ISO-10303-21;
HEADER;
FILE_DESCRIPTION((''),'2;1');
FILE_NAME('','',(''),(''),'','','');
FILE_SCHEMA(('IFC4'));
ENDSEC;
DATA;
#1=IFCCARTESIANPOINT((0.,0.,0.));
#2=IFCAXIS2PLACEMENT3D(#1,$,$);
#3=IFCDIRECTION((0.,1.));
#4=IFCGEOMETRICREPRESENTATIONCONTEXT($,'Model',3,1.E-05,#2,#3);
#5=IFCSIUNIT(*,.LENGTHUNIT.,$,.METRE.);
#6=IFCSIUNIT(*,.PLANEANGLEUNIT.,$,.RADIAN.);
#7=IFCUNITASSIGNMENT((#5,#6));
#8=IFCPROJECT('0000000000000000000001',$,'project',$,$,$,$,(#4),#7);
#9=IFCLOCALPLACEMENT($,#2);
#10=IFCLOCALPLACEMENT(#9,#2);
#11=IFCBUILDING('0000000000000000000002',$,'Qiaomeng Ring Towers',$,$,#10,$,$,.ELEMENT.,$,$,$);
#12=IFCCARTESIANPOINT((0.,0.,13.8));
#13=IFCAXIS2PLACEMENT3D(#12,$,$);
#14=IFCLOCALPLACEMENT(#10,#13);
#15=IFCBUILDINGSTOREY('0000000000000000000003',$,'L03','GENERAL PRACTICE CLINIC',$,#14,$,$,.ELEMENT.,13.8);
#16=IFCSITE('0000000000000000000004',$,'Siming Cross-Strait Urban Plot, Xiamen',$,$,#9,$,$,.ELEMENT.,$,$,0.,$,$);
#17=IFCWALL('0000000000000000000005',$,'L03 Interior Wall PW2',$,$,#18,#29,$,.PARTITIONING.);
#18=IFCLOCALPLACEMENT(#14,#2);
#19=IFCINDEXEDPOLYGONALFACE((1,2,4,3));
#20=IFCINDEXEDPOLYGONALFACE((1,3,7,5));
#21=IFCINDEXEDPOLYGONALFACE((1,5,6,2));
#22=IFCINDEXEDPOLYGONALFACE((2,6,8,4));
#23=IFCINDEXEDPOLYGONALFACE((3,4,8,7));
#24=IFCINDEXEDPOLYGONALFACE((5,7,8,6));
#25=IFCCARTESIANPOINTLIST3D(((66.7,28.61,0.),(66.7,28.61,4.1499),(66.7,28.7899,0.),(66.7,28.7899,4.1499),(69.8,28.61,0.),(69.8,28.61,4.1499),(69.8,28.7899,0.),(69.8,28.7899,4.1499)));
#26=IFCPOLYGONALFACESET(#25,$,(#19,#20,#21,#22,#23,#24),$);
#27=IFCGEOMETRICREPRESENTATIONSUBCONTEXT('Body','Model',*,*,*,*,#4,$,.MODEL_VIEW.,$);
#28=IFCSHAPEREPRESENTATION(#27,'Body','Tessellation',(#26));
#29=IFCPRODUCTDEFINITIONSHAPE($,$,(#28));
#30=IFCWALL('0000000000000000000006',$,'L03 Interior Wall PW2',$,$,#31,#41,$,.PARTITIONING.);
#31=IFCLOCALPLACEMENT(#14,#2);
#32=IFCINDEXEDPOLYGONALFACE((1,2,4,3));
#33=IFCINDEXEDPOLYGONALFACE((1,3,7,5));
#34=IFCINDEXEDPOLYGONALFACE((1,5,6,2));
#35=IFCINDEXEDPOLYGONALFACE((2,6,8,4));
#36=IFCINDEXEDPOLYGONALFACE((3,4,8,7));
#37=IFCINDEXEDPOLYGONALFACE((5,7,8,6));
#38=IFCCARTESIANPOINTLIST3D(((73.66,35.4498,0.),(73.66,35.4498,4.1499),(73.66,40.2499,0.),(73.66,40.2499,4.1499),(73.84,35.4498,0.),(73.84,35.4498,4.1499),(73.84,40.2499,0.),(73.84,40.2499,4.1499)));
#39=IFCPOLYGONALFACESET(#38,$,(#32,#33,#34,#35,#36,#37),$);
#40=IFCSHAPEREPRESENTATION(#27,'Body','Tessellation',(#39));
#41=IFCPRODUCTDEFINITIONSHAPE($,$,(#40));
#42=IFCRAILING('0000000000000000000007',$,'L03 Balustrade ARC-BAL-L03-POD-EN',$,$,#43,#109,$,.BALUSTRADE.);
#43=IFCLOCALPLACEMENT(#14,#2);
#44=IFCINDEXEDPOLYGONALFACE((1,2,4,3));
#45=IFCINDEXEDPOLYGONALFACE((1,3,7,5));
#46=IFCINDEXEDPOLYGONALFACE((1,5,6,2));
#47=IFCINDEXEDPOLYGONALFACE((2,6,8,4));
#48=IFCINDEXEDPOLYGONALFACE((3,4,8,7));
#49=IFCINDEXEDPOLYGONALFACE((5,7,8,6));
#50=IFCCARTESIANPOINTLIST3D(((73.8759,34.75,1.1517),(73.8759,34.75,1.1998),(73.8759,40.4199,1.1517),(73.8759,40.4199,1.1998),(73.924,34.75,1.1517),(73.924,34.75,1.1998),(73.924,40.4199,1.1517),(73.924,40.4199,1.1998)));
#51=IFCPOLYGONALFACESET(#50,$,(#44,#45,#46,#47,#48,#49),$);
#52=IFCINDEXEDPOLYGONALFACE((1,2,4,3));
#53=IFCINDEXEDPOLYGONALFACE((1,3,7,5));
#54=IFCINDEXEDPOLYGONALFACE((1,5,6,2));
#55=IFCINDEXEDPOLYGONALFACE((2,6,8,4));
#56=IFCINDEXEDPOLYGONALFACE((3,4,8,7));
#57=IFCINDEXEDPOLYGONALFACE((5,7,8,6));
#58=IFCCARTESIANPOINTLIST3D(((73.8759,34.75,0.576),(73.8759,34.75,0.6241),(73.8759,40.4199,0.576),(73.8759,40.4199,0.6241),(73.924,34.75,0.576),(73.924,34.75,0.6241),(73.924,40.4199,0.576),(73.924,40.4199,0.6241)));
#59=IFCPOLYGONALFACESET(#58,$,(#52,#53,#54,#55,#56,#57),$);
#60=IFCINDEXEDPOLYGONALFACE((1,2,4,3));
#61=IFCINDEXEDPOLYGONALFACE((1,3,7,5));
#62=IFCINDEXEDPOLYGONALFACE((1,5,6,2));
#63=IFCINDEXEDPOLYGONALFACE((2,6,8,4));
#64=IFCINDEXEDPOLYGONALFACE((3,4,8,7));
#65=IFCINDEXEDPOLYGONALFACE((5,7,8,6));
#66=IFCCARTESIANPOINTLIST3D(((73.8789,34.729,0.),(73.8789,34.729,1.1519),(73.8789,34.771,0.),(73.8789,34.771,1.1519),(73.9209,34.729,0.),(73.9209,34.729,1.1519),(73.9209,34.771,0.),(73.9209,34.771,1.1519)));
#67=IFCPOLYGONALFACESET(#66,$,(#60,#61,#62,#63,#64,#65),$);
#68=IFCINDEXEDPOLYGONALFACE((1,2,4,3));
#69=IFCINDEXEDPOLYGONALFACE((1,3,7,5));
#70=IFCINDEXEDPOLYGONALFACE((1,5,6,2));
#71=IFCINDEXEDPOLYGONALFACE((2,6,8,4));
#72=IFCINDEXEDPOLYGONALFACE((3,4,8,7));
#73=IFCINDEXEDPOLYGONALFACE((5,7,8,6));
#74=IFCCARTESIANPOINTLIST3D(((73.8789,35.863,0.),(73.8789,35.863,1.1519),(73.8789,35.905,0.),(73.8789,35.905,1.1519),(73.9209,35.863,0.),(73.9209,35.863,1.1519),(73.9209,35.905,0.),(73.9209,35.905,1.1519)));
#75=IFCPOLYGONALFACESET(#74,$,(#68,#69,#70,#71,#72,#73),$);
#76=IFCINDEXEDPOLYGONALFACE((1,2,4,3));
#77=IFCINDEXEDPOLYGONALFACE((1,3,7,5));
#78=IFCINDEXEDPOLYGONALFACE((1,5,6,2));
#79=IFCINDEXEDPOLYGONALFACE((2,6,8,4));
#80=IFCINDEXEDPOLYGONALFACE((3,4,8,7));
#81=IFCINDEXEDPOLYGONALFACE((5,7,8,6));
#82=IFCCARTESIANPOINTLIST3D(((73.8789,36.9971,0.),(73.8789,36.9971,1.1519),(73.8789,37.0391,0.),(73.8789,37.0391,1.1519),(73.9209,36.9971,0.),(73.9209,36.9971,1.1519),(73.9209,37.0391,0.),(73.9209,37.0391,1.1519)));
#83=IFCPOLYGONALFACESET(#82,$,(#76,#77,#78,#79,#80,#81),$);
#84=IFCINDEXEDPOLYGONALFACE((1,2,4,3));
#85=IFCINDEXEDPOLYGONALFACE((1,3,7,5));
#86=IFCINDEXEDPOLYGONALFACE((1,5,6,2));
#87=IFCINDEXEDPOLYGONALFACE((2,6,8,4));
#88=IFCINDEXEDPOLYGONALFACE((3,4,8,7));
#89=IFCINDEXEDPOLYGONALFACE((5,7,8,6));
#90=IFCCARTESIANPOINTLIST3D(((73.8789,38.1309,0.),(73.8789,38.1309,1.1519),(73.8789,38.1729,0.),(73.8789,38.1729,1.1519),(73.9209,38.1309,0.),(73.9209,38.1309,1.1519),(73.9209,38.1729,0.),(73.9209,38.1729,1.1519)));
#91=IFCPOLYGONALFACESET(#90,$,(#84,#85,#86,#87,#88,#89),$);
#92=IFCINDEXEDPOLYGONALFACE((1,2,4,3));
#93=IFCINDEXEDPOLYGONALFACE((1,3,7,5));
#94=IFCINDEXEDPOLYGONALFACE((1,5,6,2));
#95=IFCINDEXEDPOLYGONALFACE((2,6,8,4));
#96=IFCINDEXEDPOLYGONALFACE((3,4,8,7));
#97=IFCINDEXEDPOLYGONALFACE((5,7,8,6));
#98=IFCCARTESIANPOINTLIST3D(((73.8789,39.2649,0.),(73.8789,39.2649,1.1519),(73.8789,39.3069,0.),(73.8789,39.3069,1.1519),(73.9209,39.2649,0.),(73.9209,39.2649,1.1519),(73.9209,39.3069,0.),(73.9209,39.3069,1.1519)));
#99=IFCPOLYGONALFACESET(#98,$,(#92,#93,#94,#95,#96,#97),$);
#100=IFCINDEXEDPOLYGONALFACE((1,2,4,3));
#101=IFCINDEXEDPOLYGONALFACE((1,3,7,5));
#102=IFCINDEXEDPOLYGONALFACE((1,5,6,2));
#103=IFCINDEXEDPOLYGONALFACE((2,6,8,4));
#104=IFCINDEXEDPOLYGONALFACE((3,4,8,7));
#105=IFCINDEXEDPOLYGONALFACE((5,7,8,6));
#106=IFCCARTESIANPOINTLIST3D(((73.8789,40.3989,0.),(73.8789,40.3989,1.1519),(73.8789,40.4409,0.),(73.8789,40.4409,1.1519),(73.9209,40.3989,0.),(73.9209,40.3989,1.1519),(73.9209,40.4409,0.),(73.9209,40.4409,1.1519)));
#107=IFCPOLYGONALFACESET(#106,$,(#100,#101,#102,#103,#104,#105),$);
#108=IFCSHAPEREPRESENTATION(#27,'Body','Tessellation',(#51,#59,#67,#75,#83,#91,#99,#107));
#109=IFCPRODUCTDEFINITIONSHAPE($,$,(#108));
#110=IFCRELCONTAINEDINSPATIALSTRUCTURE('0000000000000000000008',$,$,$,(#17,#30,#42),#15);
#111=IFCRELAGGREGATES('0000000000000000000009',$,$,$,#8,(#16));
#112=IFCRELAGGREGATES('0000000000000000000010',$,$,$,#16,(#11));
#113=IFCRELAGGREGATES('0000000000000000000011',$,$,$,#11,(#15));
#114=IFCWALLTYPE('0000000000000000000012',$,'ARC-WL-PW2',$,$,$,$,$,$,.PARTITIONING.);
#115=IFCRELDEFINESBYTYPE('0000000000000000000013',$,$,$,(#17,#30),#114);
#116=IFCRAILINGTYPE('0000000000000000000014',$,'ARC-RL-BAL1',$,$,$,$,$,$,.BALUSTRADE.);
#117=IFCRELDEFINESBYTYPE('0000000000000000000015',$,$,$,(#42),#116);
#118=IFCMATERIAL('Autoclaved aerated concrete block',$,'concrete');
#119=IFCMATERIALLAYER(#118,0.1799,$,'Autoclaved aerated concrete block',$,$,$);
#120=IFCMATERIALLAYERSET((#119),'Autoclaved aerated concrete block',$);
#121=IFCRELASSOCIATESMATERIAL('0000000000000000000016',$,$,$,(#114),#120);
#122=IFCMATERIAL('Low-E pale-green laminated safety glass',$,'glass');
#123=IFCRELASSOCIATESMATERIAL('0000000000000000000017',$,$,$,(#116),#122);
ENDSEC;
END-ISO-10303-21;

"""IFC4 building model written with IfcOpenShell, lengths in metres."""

from ifc_helpers import new_model, si_unit, direction, frame, frame_2d, origin, origin_2d, place, context, subcontext, project, spatial, rectangle, extrude, material, layer, layer_set, type_object, element, save


model = new_model("IFC4")

# Units and contexts
model_context = context("Model", 3, precision=1e-05, world=origin(), true_north=direction((0.0, 1.0)))
body_context = subcontext(model_context, "Body", "Model", "MODEL_VIEW")
ifc_project = project(units=[si_unit("LENGTHUNIT", "METRE"), si_unit("PLANEANGLEUNIT", "RADIAN")], contexts=[model_context])

# Site, building, storey
site_placement = place(None, origin())
site = spatial("IfcSite", under=ifc_project, at=site_placement, Name="Siming Cross-Strait Urban Plot, Xiamen", CompositionType="ELEMENT", RefElevation=0.0)
building_placement = place(site_placement, origin())
building = spatial("IfcBuilding", under=site, at=building_placement, Name="Qiaomeng Ring Towers", CompositionType="ELEMENT")
storey_placement = place(building_placement, frame((0.0, 0.0, 13.8)))
storey = spatial("IfcBuildingStorey", under=building, at=storey_placement, Name="L03", Description="GENERAL PRACTICE CLINIC", CompositionType="ELEMENT", Elevation=13.8)

# Shared definitions
ifc_material_1 = material(Name="Low-E pale-green laminated safety glass", Category="glass")

# Shared definitions
ifc_material_2 = material(Name="Autoclaved aerated concrete block", Category="concrete")

# Walls
ifc_layer_1 = layer(ifc_material_2, 0.1799, Name="Autoclaved aerated concrete block")
ifc_layer_set_1 = layer_set([ifc_layer_1], Name="Autoclaved aerated concrete block")
wall_type_1 = type_object("IfcWallType", Name="ARC-WL-PW2", PredefinedType="PARTITIONING", material=ifc_layer_set_1)
wall_1_placement = place(storey_placement, frame((66.7, 28.7, 0.0), z_axis=(0.0, 0.0, 1.0), x_axis=(1.0, 0.0, 0.0)))
element("IfcWall", 1, at=wall_1_placement, inside=storey, type_object=wall_type_1, Name="L03 Interior Wall PW2", PredefinedType="PARTITIONING", context=body_context, shape_type="SweptSolid", body=[
    extrude(rectangle(XDim=3.1001, YDim=0.1799, at=frame_2d((1.55, 0.0))), origin(), (0.0, 0.0, 1.0), 4.1499),
])
wall_2_placement = place(storey_placement, frame((73.75, 35.45, 0.0), z_axis=(0.0, 0.0, 1.0), x_axis=(0.0, 1.0, 0.0)))
element("IfcWall", 2, at=wall_2_placement, inside=storey, type_object=wall_type_1, Name="L03 Interior Wall PW2", PredefinedType="PARTITIONING", context=body_context, shape_type="SweptSolid", body=[
    extrude(rectangle(XDim=4.8, YDim=0.1799, at=frame_2d((2.3999, 0.0))), origin(), (0.0, 0.0, 1.0), 4.1499),
])

# Railing
railing_type = type_object("IfcRailingType", Name="ARC-RL-BAL1", PredefinedType="BALUSTRADE", material=ifc_material_1)
railing_placement = place(storey_placement, frame((73.8999, 34.75, 0.0)))
element("IfcRailing", 3, at=railing_placement, inside=storey, type_object=railing_type, Name="L03 Balustrade ARC-BAL-L03-POD-EN", PredefinedType="BALUSTRADE", context=body_context, shape_type="SweptSolid", body=[
    extrude(rectangle(XDim=0.0481, YDim=0.0481, at=origin_2d()), frame((0.0, 0.0, 1.1758), z_axis=(0.0, 1.0, 0.0), x_axis=(-1.0, 0.0, 0.0)), (0.0, 0.0, 1.0), 5.6699),
    extrude(rectangle(XDim=0.0481, YDim=0.0481, at=origin_2d()), frame((0.0, 0.0, 0.6001), z_axis=(0.0, 1.0, 0.0), x_axis=(-1.0, 0.0, 0.0)), (0.0, 0.0, 1.0), 5.6699),
    extrude(rectangle(XDim=0.042, YDim=0.042, at=origin_2d()), origin(), (0.0, 0.0, 1.0), 1.1519),
    extrude(rectangle(XDim=0.042, YDim=0.042, at=origin_2d()), frame((0.0, 1.134, 0.0)), (0.0, 0.0, 1.0), 1.1519),
    extrude(rectangle(XDim=0.042, YDim=0.042, at=origin_2d()), frame((0.0, 2.2681, 0.0)), (0.0, 0.0, 1.0), 1.1519),
    extrude(rectangle(XDim=0.042, YDim=0.042, at=origin_2d()), frame((0.0, 3.4019, 0.0)), (0.0, 0.0, 1.0), 1.1519),
    extrude(rectangle(XDim=0.042, YDim=0.042, at=origin_2d()), frame((0.0, 4.5359, 0.0)), (0.0, 0.0, 1.0), 1.1519),
    extrude(rectangle(XDim=0.042, YDim=0.042, at=origin_2d()), frame((0.0, 5.6699, 0.0)), (0.0, 0.0, 1.0), 1.1519),
])

save(model, "model.ifc")
